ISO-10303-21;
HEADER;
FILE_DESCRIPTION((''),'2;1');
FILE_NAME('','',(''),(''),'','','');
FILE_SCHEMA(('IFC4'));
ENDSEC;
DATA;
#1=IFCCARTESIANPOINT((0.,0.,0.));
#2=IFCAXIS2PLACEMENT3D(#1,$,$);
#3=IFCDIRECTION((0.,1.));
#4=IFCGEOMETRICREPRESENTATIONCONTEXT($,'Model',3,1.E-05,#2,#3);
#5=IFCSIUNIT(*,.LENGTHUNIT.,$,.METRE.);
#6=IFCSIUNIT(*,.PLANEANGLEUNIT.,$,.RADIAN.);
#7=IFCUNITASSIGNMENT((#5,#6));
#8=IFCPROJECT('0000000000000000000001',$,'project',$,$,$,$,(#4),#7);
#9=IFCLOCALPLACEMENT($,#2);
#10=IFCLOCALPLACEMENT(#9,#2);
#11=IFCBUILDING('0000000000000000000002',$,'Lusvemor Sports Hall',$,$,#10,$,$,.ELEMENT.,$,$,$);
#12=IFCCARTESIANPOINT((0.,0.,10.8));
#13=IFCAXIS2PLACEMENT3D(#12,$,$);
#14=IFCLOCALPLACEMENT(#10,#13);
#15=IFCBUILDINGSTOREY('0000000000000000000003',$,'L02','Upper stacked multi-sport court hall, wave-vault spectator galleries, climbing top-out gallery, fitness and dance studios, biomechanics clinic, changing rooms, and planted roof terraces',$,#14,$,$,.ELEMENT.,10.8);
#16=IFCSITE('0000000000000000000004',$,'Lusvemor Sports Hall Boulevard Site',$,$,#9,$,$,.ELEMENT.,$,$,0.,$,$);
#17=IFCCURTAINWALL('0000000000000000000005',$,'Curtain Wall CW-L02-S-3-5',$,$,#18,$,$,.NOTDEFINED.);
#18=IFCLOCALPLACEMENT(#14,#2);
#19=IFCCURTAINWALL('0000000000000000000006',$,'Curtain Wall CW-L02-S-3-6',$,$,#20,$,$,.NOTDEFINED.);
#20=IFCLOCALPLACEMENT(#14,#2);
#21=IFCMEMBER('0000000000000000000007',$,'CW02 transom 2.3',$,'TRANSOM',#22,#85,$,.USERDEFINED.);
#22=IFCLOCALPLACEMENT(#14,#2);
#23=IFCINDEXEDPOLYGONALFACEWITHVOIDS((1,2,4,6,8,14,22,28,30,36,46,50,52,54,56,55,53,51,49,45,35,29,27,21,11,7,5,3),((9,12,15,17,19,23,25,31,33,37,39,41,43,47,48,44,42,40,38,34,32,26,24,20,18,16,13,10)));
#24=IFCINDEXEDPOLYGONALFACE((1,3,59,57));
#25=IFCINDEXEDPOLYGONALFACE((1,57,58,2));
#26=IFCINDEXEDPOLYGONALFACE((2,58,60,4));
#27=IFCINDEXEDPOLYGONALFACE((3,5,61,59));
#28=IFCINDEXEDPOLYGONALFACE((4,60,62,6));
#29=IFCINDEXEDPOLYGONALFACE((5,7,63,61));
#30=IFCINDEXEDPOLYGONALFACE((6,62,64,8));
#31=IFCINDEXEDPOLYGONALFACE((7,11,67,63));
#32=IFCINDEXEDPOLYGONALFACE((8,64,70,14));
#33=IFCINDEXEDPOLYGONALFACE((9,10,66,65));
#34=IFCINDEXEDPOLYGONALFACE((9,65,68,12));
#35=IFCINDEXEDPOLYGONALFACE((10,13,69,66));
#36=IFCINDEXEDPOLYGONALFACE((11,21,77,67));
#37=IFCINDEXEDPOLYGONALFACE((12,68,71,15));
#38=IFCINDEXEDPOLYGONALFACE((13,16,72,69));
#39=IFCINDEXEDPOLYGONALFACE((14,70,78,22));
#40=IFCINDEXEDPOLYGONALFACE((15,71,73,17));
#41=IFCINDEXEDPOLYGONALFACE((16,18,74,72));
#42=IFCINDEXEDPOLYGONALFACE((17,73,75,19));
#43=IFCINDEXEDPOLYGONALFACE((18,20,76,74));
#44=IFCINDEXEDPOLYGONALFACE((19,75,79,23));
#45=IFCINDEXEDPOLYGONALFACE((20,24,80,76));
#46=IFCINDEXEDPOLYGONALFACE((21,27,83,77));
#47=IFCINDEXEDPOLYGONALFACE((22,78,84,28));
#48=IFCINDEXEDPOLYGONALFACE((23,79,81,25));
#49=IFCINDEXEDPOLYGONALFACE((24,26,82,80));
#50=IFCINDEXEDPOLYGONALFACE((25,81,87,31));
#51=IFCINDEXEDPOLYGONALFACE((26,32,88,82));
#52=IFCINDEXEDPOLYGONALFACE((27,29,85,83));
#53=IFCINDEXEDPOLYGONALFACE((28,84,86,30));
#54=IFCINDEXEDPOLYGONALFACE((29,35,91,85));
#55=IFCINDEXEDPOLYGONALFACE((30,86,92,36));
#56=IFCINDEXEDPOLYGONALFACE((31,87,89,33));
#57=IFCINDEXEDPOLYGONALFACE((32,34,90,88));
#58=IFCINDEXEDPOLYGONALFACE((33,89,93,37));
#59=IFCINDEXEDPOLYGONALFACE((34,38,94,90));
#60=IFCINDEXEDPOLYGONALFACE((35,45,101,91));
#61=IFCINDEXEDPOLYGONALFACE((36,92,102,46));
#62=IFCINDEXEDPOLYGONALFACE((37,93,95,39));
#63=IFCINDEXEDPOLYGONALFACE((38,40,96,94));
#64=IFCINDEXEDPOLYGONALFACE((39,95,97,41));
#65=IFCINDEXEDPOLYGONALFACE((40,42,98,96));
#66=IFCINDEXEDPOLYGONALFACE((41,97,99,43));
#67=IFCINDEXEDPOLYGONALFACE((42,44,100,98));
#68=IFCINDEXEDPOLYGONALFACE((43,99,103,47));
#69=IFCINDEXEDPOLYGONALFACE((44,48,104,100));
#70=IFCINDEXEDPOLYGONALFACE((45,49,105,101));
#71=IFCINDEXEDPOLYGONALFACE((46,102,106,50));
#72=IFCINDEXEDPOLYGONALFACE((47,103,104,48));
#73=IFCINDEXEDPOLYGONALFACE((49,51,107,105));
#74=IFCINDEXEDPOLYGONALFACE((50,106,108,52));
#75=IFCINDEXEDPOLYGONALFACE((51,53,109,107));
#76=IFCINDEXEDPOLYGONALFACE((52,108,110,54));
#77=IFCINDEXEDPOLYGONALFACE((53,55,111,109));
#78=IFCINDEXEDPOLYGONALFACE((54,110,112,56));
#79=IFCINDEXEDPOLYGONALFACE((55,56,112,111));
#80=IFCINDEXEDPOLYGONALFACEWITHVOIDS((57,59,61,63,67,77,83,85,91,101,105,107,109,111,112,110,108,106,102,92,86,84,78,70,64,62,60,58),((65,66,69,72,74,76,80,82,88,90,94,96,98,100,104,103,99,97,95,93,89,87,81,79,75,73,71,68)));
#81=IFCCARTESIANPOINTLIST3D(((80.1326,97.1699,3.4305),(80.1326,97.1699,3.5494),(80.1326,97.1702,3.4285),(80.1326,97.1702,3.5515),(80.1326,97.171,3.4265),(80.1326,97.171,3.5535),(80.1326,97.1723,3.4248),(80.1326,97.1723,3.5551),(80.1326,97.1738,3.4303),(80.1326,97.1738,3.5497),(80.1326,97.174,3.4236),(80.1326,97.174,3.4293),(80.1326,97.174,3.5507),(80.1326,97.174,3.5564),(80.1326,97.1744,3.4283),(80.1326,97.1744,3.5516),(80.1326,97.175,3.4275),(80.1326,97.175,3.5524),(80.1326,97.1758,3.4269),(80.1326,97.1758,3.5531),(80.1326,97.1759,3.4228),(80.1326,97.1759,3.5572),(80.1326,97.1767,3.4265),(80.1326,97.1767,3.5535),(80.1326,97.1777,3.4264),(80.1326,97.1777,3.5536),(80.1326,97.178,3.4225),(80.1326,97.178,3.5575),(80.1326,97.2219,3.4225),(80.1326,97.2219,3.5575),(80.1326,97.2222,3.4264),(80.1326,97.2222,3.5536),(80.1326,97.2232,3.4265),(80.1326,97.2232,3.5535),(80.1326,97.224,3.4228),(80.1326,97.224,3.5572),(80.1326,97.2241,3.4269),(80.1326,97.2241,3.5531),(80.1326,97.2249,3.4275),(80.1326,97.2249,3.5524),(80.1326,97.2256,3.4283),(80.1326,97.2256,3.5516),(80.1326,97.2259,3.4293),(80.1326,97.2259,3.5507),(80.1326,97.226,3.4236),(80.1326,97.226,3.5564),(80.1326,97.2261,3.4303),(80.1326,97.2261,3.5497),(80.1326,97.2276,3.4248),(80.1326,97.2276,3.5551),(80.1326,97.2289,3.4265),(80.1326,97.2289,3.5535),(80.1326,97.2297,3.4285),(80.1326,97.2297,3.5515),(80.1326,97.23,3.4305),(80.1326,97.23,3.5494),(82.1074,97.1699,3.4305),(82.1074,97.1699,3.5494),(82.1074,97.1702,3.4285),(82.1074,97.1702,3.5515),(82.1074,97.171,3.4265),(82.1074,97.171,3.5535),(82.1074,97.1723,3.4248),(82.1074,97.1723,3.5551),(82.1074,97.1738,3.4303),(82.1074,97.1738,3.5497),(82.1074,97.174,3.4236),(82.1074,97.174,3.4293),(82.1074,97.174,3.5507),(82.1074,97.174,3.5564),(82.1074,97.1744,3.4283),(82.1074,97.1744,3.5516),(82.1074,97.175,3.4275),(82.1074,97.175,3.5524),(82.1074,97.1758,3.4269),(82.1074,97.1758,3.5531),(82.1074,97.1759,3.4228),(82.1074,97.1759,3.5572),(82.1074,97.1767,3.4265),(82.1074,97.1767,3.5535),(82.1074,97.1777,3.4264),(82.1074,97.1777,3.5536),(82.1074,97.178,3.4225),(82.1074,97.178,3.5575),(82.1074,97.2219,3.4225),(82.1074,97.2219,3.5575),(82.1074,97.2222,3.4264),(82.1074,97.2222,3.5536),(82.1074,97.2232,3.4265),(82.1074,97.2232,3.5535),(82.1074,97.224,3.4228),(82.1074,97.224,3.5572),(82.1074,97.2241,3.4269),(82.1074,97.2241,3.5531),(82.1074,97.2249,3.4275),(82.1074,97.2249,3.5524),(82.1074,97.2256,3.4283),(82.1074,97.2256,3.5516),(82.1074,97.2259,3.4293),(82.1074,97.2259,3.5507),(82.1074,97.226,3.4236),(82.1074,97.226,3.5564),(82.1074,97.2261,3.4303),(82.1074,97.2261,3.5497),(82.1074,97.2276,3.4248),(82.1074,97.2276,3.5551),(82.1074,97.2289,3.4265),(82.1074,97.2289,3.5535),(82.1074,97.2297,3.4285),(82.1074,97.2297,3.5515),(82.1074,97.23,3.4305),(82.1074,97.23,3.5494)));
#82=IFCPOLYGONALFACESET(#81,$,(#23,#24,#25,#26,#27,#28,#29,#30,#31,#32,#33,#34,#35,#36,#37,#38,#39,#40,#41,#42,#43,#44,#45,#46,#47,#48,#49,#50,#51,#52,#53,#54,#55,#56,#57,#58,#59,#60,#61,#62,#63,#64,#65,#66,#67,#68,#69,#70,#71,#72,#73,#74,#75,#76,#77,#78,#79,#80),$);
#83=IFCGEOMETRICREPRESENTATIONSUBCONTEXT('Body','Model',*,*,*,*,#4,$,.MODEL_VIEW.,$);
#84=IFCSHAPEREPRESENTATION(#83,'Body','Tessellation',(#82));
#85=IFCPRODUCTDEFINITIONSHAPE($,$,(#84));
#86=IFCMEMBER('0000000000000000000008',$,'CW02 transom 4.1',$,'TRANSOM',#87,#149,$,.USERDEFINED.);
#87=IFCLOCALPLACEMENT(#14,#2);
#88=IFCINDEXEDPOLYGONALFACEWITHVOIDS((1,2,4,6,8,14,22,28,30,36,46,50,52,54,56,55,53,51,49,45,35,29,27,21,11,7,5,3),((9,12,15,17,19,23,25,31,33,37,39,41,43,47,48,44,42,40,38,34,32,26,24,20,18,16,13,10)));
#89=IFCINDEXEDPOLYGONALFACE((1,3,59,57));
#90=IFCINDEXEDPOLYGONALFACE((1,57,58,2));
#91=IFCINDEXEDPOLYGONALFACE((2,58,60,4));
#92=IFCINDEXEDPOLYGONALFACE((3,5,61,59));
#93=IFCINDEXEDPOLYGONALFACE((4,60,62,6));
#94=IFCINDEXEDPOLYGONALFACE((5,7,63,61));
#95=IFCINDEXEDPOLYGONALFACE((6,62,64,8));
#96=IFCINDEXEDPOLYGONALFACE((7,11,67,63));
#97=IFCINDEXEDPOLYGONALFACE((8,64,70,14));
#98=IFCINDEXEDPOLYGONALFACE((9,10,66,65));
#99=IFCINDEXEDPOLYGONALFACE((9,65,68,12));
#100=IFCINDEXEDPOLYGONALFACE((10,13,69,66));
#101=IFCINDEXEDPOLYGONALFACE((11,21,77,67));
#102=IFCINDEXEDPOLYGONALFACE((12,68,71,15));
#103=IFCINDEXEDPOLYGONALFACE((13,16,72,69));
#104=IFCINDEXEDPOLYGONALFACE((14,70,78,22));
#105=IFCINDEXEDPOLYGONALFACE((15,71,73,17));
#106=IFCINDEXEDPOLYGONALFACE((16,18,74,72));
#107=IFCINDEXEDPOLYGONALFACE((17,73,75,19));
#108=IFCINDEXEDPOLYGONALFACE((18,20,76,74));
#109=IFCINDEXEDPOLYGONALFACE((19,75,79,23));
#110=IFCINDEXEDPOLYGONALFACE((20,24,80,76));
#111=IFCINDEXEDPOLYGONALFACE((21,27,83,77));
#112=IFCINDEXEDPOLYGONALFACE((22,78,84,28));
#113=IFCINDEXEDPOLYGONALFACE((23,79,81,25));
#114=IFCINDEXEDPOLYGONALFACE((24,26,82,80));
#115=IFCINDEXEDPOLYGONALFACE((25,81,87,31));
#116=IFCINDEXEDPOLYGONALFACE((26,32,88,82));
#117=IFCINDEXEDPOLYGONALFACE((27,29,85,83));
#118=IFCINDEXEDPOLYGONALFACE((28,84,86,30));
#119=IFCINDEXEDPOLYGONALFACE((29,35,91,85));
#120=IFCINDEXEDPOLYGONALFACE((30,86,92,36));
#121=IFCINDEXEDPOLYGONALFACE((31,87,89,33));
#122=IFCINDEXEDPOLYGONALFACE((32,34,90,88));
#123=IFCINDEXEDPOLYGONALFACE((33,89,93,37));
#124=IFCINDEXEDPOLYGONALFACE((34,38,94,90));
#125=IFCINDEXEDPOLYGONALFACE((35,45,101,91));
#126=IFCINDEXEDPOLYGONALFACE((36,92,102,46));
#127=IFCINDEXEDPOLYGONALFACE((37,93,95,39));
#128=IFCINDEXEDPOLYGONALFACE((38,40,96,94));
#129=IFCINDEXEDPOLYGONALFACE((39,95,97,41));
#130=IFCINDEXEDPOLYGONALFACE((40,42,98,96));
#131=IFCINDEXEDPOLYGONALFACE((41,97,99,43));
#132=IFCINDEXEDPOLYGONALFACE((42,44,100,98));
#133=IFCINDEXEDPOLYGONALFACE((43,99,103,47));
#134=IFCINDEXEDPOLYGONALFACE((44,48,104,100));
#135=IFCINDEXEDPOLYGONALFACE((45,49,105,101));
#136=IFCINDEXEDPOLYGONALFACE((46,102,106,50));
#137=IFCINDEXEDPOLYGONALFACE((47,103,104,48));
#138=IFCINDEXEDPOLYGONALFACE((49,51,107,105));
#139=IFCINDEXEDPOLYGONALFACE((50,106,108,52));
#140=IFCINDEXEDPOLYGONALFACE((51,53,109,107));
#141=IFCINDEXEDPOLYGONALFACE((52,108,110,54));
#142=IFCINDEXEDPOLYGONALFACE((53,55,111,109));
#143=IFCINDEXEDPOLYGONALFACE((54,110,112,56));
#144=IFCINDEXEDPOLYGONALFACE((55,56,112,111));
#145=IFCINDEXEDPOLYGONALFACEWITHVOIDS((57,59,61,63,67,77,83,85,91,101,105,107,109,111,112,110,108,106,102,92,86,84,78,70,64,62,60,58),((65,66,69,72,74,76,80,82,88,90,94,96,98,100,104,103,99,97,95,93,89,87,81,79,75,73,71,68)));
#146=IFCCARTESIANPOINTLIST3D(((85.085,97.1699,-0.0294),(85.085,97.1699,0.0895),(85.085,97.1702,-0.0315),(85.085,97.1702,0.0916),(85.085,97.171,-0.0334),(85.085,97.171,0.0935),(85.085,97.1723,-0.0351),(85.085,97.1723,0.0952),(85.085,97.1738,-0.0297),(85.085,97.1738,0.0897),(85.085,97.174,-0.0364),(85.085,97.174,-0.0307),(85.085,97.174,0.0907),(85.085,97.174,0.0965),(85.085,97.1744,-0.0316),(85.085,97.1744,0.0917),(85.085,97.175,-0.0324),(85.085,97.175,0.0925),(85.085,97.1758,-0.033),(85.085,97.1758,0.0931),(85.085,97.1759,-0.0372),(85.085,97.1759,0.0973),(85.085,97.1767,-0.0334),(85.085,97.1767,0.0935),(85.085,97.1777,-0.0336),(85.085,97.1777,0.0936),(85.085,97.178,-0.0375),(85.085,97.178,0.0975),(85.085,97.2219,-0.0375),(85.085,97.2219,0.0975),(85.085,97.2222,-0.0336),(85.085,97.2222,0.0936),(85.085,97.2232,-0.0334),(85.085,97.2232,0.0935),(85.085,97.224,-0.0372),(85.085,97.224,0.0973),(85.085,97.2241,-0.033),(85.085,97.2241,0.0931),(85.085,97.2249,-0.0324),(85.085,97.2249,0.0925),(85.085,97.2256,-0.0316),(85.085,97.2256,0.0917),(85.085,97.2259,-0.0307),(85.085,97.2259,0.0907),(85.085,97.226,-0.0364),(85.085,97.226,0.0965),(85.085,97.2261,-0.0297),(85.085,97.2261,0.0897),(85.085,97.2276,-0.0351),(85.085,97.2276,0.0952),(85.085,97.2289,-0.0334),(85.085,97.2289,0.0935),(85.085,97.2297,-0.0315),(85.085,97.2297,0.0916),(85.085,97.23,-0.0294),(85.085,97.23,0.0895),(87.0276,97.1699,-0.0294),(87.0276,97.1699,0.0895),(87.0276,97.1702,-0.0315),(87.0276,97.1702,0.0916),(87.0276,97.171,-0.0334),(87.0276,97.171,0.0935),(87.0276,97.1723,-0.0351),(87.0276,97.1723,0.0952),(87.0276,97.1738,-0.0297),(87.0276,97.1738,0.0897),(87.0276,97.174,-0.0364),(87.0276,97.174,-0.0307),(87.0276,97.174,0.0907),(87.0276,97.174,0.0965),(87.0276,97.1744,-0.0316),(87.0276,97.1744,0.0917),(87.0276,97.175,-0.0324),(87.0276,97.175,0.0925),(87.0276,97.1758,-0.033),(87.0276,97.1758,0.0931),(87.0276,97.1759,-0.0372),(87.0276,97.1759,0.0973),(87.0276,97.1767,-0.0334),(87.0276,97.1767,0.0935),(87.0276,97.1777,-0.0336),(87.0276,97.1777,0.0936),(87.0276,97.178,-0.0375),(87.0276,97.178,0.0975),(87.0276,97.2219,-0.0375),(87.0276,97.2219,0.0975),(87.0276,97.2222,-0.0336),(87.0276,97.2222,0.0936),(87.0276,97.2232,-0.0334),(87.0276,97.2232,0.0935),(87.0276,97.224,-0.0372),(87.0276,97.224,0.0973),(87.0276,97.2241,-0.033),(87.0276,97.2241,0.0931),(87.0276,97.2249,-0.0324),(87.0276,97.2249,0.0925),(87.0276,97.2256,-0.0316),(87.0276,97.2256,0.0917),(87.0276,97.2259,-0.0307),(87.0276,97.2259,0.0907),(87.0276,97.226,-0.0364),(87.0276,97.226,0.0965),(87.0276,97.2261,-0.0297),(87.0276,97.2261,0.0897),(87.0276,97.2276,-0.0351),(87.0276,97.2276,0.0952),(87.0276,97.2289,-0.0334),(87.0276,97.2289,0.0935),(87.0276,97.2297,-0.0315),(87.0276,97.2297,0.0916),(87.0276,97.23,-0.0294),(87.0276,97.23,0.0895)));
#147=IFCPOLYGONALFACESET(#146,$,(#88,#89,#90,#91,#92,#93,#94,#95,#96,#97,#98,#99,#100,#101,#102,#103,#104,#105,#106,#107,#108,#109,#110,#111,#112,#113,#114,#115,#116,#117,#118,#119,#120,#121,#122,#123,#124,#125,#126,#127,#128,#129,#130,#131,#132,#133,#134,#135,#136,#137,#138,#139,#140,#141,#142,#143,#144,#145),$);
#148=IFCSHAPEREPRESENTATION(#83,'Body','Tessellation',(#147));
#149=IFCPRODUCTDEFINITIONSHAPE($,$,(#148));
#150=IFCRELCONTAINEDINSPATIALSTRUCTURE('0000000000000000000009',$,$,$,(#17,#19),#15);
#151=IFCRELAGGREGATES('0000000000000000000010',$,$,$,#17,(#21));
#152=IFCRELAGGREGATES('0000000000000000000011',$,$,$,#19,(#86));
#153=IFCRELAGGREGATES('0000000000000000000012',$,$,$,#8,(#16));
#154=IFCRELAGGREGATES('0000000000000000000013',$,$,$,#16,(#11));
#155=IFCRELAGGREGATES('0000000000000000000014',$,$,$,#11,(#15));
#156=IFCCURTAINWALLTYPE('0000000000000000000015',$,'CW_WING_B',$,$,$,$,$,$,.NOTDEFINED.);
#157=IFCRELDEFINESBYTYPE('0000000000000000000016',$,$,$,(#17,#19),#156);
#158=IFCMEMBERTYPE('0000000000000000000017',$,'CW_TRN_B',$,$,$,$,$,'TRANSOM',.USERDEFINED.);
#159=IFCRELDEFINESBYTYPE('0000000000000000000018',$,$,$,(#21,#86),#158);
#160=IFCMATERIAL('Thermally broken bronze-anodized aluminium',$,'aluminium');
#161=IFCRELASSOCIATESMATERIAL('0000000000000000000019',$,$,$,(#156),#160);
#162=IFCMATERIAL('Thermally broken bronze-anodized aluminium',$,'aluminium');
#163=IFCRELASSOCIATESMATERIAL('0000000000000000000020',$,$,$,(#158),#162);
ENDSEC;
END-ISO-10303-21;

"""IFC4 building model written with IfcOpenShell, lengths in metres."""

from ifc_helpers import new_model, si_unit, direction, frame, origin, origin_2d, place, context, subcontext, project, spatial, hollow_rectangle, extrude, material, material_profile, profile_set, type_object, element, aggregate, save


model = new_model("IFC4")

# Units and contexts
model_context = context("Model", 3, precision=1e-05, world=origin(), true_north=direction((0.0, 1.0)))
body_context = subcontext(model_context, "Body", "Model", "MODEL_VIEW")
ifc_project = project(units=[si_unit("LENGTHUNIT", "METRE"), si_unit("PLANEANGLEUNIT", "RADIAN")], contexts=[model_context])

# Site, building, storey
site_placement = place(None, origin())
site = spatial("IfcSite", under=ifc_project, at=site_placement, Name="Lusvemor Sports Hall Boulevard Site", CompositionType="ELEMENT", RefElevation=0.0)
building_placement = place(site_placement, origin())
building = spatial("IfcBuilding", under=site, at=building_placement, Name="Lusvemor Sports Hall", CompositionType="ELEMENT")
storey_placement = place(building_placement, frame((0.0, 0.0, 10.8)))
storey = spatial("IfcBuildingStorey", under=building, at=storey_placement, Name="L02", Description="Upper stacked multi-sport court hall, wave-vault spectator galleries, climbing top-out gallery, fitness and dance studios, biomechanics clinic, changing rooms, and planted roof terraces", CompositionType="ELEMENT", Elevation=10.8)

# Curtain walls
ifc_material_1 = material(Name="Thermally broken bronze-anodized aluminium", Category="aluminium")
curtain_wall_type = type_object("IfcCurtainWallType", Name="CW_WING_B", PredefinedType="NOTDEFINED", material=ifc_material_1)
curtain_wall_1_placement = place(storey_placement, origin())
curtain_wall_1 = element("IfcCurtainWall", 1, at=curtain_wall_1_placement, inside=storey, type_object=curtain_wall_type, Name="Curtain Wall CW-L02-S-3-5", PredefinedType="NOTDEFINED")
curtain_wall_2_placement = place(storey_placement, origin())
curtain_wall_2 = element("IfcCurtainWall", 2, at=curtain_wall_2_placement, inside=storey, type_object=curtain_wall_type, Name="Curtain Wall CW-L02-S-3-6", PredefinedType="NOTDEFINED")

# Members
ifc_material_2 = material(Name="Thermally broken bronze-anodized aluminium", Category="aluminium")
ifc_material_profile_1 = material_profile(ifc_material_2, hollow_rectangle(XDim=0.0601, YDim=0.135, WallThickness=0.0039, InnerFilletRadius=0.0039, OuterFilletRadius=0.0081, at=origin_2d()), Name="CWTRN135x60x4")
ifc_profile_set_1 = profile_set([ifc_material_profile_1], Name="Thermally broken bronze-anodized aluminium")
member_type_1 = type_object("IfcMemberType", Name="CW_TRN_B", ElementType="TRANSOM", PredefinedType="USERDEFINED", material=ifc_profile_set_1)
member_1_placement = place(storey_placement, frame((82.1074, 97.2, 3.49), z_axis=(-1.0, 0.0, 0.0), x_axis=(0.0, -1.0, 0.0)))
member_1 = element("IfcMember", 3, at=member_1_placement, type_object=member_type_1, Name="CW02 transom 2.3", ObjectType="TRANSOM", PredefinedType="USERDEFINED", context=body_context, shape_type="SweptSolid", body=[
    extrude(hollow_rectangle(XDim=0.0601, YDim=0.135, WallThickness=0.0039, InnerFilletRadius=0.0039, OuterFilletRadius=0.0081, at=origin_2d()), origin(), (0.0, 0.0, 1.0), 1.9749),
])
member_2_placement = place(storey_placement, frame((87.0276, 97.2, 0.03), z_axis=(-1.0, 0.0, 0.0), x_axis=(0.0, -1.0, 0.0)))
member_2 = element("IfcMember", 4, at=member_2_placement, type_object=member_type_1, Name="CW02 transom 4.1", ObjectType="TRANSOM", PredefinedType="USERDEFINED", context=body_context, shape_type="SweptSolid", body=[
    extrude(hollow_rectangle(XDim=0.0601, YDim=0.135, WallThickness=0.0039, InnerFilletRadius=0.0039, OuterFilletRadius=0.0081, at=origin_2d()), origin(), (0.0, 0.0, 1.0), 1.9426),
])

aggregate(curtain_wall_1, [member_1])
aggregate(curtain_wall_2, [member_2])

save(model, "model.ifc")
